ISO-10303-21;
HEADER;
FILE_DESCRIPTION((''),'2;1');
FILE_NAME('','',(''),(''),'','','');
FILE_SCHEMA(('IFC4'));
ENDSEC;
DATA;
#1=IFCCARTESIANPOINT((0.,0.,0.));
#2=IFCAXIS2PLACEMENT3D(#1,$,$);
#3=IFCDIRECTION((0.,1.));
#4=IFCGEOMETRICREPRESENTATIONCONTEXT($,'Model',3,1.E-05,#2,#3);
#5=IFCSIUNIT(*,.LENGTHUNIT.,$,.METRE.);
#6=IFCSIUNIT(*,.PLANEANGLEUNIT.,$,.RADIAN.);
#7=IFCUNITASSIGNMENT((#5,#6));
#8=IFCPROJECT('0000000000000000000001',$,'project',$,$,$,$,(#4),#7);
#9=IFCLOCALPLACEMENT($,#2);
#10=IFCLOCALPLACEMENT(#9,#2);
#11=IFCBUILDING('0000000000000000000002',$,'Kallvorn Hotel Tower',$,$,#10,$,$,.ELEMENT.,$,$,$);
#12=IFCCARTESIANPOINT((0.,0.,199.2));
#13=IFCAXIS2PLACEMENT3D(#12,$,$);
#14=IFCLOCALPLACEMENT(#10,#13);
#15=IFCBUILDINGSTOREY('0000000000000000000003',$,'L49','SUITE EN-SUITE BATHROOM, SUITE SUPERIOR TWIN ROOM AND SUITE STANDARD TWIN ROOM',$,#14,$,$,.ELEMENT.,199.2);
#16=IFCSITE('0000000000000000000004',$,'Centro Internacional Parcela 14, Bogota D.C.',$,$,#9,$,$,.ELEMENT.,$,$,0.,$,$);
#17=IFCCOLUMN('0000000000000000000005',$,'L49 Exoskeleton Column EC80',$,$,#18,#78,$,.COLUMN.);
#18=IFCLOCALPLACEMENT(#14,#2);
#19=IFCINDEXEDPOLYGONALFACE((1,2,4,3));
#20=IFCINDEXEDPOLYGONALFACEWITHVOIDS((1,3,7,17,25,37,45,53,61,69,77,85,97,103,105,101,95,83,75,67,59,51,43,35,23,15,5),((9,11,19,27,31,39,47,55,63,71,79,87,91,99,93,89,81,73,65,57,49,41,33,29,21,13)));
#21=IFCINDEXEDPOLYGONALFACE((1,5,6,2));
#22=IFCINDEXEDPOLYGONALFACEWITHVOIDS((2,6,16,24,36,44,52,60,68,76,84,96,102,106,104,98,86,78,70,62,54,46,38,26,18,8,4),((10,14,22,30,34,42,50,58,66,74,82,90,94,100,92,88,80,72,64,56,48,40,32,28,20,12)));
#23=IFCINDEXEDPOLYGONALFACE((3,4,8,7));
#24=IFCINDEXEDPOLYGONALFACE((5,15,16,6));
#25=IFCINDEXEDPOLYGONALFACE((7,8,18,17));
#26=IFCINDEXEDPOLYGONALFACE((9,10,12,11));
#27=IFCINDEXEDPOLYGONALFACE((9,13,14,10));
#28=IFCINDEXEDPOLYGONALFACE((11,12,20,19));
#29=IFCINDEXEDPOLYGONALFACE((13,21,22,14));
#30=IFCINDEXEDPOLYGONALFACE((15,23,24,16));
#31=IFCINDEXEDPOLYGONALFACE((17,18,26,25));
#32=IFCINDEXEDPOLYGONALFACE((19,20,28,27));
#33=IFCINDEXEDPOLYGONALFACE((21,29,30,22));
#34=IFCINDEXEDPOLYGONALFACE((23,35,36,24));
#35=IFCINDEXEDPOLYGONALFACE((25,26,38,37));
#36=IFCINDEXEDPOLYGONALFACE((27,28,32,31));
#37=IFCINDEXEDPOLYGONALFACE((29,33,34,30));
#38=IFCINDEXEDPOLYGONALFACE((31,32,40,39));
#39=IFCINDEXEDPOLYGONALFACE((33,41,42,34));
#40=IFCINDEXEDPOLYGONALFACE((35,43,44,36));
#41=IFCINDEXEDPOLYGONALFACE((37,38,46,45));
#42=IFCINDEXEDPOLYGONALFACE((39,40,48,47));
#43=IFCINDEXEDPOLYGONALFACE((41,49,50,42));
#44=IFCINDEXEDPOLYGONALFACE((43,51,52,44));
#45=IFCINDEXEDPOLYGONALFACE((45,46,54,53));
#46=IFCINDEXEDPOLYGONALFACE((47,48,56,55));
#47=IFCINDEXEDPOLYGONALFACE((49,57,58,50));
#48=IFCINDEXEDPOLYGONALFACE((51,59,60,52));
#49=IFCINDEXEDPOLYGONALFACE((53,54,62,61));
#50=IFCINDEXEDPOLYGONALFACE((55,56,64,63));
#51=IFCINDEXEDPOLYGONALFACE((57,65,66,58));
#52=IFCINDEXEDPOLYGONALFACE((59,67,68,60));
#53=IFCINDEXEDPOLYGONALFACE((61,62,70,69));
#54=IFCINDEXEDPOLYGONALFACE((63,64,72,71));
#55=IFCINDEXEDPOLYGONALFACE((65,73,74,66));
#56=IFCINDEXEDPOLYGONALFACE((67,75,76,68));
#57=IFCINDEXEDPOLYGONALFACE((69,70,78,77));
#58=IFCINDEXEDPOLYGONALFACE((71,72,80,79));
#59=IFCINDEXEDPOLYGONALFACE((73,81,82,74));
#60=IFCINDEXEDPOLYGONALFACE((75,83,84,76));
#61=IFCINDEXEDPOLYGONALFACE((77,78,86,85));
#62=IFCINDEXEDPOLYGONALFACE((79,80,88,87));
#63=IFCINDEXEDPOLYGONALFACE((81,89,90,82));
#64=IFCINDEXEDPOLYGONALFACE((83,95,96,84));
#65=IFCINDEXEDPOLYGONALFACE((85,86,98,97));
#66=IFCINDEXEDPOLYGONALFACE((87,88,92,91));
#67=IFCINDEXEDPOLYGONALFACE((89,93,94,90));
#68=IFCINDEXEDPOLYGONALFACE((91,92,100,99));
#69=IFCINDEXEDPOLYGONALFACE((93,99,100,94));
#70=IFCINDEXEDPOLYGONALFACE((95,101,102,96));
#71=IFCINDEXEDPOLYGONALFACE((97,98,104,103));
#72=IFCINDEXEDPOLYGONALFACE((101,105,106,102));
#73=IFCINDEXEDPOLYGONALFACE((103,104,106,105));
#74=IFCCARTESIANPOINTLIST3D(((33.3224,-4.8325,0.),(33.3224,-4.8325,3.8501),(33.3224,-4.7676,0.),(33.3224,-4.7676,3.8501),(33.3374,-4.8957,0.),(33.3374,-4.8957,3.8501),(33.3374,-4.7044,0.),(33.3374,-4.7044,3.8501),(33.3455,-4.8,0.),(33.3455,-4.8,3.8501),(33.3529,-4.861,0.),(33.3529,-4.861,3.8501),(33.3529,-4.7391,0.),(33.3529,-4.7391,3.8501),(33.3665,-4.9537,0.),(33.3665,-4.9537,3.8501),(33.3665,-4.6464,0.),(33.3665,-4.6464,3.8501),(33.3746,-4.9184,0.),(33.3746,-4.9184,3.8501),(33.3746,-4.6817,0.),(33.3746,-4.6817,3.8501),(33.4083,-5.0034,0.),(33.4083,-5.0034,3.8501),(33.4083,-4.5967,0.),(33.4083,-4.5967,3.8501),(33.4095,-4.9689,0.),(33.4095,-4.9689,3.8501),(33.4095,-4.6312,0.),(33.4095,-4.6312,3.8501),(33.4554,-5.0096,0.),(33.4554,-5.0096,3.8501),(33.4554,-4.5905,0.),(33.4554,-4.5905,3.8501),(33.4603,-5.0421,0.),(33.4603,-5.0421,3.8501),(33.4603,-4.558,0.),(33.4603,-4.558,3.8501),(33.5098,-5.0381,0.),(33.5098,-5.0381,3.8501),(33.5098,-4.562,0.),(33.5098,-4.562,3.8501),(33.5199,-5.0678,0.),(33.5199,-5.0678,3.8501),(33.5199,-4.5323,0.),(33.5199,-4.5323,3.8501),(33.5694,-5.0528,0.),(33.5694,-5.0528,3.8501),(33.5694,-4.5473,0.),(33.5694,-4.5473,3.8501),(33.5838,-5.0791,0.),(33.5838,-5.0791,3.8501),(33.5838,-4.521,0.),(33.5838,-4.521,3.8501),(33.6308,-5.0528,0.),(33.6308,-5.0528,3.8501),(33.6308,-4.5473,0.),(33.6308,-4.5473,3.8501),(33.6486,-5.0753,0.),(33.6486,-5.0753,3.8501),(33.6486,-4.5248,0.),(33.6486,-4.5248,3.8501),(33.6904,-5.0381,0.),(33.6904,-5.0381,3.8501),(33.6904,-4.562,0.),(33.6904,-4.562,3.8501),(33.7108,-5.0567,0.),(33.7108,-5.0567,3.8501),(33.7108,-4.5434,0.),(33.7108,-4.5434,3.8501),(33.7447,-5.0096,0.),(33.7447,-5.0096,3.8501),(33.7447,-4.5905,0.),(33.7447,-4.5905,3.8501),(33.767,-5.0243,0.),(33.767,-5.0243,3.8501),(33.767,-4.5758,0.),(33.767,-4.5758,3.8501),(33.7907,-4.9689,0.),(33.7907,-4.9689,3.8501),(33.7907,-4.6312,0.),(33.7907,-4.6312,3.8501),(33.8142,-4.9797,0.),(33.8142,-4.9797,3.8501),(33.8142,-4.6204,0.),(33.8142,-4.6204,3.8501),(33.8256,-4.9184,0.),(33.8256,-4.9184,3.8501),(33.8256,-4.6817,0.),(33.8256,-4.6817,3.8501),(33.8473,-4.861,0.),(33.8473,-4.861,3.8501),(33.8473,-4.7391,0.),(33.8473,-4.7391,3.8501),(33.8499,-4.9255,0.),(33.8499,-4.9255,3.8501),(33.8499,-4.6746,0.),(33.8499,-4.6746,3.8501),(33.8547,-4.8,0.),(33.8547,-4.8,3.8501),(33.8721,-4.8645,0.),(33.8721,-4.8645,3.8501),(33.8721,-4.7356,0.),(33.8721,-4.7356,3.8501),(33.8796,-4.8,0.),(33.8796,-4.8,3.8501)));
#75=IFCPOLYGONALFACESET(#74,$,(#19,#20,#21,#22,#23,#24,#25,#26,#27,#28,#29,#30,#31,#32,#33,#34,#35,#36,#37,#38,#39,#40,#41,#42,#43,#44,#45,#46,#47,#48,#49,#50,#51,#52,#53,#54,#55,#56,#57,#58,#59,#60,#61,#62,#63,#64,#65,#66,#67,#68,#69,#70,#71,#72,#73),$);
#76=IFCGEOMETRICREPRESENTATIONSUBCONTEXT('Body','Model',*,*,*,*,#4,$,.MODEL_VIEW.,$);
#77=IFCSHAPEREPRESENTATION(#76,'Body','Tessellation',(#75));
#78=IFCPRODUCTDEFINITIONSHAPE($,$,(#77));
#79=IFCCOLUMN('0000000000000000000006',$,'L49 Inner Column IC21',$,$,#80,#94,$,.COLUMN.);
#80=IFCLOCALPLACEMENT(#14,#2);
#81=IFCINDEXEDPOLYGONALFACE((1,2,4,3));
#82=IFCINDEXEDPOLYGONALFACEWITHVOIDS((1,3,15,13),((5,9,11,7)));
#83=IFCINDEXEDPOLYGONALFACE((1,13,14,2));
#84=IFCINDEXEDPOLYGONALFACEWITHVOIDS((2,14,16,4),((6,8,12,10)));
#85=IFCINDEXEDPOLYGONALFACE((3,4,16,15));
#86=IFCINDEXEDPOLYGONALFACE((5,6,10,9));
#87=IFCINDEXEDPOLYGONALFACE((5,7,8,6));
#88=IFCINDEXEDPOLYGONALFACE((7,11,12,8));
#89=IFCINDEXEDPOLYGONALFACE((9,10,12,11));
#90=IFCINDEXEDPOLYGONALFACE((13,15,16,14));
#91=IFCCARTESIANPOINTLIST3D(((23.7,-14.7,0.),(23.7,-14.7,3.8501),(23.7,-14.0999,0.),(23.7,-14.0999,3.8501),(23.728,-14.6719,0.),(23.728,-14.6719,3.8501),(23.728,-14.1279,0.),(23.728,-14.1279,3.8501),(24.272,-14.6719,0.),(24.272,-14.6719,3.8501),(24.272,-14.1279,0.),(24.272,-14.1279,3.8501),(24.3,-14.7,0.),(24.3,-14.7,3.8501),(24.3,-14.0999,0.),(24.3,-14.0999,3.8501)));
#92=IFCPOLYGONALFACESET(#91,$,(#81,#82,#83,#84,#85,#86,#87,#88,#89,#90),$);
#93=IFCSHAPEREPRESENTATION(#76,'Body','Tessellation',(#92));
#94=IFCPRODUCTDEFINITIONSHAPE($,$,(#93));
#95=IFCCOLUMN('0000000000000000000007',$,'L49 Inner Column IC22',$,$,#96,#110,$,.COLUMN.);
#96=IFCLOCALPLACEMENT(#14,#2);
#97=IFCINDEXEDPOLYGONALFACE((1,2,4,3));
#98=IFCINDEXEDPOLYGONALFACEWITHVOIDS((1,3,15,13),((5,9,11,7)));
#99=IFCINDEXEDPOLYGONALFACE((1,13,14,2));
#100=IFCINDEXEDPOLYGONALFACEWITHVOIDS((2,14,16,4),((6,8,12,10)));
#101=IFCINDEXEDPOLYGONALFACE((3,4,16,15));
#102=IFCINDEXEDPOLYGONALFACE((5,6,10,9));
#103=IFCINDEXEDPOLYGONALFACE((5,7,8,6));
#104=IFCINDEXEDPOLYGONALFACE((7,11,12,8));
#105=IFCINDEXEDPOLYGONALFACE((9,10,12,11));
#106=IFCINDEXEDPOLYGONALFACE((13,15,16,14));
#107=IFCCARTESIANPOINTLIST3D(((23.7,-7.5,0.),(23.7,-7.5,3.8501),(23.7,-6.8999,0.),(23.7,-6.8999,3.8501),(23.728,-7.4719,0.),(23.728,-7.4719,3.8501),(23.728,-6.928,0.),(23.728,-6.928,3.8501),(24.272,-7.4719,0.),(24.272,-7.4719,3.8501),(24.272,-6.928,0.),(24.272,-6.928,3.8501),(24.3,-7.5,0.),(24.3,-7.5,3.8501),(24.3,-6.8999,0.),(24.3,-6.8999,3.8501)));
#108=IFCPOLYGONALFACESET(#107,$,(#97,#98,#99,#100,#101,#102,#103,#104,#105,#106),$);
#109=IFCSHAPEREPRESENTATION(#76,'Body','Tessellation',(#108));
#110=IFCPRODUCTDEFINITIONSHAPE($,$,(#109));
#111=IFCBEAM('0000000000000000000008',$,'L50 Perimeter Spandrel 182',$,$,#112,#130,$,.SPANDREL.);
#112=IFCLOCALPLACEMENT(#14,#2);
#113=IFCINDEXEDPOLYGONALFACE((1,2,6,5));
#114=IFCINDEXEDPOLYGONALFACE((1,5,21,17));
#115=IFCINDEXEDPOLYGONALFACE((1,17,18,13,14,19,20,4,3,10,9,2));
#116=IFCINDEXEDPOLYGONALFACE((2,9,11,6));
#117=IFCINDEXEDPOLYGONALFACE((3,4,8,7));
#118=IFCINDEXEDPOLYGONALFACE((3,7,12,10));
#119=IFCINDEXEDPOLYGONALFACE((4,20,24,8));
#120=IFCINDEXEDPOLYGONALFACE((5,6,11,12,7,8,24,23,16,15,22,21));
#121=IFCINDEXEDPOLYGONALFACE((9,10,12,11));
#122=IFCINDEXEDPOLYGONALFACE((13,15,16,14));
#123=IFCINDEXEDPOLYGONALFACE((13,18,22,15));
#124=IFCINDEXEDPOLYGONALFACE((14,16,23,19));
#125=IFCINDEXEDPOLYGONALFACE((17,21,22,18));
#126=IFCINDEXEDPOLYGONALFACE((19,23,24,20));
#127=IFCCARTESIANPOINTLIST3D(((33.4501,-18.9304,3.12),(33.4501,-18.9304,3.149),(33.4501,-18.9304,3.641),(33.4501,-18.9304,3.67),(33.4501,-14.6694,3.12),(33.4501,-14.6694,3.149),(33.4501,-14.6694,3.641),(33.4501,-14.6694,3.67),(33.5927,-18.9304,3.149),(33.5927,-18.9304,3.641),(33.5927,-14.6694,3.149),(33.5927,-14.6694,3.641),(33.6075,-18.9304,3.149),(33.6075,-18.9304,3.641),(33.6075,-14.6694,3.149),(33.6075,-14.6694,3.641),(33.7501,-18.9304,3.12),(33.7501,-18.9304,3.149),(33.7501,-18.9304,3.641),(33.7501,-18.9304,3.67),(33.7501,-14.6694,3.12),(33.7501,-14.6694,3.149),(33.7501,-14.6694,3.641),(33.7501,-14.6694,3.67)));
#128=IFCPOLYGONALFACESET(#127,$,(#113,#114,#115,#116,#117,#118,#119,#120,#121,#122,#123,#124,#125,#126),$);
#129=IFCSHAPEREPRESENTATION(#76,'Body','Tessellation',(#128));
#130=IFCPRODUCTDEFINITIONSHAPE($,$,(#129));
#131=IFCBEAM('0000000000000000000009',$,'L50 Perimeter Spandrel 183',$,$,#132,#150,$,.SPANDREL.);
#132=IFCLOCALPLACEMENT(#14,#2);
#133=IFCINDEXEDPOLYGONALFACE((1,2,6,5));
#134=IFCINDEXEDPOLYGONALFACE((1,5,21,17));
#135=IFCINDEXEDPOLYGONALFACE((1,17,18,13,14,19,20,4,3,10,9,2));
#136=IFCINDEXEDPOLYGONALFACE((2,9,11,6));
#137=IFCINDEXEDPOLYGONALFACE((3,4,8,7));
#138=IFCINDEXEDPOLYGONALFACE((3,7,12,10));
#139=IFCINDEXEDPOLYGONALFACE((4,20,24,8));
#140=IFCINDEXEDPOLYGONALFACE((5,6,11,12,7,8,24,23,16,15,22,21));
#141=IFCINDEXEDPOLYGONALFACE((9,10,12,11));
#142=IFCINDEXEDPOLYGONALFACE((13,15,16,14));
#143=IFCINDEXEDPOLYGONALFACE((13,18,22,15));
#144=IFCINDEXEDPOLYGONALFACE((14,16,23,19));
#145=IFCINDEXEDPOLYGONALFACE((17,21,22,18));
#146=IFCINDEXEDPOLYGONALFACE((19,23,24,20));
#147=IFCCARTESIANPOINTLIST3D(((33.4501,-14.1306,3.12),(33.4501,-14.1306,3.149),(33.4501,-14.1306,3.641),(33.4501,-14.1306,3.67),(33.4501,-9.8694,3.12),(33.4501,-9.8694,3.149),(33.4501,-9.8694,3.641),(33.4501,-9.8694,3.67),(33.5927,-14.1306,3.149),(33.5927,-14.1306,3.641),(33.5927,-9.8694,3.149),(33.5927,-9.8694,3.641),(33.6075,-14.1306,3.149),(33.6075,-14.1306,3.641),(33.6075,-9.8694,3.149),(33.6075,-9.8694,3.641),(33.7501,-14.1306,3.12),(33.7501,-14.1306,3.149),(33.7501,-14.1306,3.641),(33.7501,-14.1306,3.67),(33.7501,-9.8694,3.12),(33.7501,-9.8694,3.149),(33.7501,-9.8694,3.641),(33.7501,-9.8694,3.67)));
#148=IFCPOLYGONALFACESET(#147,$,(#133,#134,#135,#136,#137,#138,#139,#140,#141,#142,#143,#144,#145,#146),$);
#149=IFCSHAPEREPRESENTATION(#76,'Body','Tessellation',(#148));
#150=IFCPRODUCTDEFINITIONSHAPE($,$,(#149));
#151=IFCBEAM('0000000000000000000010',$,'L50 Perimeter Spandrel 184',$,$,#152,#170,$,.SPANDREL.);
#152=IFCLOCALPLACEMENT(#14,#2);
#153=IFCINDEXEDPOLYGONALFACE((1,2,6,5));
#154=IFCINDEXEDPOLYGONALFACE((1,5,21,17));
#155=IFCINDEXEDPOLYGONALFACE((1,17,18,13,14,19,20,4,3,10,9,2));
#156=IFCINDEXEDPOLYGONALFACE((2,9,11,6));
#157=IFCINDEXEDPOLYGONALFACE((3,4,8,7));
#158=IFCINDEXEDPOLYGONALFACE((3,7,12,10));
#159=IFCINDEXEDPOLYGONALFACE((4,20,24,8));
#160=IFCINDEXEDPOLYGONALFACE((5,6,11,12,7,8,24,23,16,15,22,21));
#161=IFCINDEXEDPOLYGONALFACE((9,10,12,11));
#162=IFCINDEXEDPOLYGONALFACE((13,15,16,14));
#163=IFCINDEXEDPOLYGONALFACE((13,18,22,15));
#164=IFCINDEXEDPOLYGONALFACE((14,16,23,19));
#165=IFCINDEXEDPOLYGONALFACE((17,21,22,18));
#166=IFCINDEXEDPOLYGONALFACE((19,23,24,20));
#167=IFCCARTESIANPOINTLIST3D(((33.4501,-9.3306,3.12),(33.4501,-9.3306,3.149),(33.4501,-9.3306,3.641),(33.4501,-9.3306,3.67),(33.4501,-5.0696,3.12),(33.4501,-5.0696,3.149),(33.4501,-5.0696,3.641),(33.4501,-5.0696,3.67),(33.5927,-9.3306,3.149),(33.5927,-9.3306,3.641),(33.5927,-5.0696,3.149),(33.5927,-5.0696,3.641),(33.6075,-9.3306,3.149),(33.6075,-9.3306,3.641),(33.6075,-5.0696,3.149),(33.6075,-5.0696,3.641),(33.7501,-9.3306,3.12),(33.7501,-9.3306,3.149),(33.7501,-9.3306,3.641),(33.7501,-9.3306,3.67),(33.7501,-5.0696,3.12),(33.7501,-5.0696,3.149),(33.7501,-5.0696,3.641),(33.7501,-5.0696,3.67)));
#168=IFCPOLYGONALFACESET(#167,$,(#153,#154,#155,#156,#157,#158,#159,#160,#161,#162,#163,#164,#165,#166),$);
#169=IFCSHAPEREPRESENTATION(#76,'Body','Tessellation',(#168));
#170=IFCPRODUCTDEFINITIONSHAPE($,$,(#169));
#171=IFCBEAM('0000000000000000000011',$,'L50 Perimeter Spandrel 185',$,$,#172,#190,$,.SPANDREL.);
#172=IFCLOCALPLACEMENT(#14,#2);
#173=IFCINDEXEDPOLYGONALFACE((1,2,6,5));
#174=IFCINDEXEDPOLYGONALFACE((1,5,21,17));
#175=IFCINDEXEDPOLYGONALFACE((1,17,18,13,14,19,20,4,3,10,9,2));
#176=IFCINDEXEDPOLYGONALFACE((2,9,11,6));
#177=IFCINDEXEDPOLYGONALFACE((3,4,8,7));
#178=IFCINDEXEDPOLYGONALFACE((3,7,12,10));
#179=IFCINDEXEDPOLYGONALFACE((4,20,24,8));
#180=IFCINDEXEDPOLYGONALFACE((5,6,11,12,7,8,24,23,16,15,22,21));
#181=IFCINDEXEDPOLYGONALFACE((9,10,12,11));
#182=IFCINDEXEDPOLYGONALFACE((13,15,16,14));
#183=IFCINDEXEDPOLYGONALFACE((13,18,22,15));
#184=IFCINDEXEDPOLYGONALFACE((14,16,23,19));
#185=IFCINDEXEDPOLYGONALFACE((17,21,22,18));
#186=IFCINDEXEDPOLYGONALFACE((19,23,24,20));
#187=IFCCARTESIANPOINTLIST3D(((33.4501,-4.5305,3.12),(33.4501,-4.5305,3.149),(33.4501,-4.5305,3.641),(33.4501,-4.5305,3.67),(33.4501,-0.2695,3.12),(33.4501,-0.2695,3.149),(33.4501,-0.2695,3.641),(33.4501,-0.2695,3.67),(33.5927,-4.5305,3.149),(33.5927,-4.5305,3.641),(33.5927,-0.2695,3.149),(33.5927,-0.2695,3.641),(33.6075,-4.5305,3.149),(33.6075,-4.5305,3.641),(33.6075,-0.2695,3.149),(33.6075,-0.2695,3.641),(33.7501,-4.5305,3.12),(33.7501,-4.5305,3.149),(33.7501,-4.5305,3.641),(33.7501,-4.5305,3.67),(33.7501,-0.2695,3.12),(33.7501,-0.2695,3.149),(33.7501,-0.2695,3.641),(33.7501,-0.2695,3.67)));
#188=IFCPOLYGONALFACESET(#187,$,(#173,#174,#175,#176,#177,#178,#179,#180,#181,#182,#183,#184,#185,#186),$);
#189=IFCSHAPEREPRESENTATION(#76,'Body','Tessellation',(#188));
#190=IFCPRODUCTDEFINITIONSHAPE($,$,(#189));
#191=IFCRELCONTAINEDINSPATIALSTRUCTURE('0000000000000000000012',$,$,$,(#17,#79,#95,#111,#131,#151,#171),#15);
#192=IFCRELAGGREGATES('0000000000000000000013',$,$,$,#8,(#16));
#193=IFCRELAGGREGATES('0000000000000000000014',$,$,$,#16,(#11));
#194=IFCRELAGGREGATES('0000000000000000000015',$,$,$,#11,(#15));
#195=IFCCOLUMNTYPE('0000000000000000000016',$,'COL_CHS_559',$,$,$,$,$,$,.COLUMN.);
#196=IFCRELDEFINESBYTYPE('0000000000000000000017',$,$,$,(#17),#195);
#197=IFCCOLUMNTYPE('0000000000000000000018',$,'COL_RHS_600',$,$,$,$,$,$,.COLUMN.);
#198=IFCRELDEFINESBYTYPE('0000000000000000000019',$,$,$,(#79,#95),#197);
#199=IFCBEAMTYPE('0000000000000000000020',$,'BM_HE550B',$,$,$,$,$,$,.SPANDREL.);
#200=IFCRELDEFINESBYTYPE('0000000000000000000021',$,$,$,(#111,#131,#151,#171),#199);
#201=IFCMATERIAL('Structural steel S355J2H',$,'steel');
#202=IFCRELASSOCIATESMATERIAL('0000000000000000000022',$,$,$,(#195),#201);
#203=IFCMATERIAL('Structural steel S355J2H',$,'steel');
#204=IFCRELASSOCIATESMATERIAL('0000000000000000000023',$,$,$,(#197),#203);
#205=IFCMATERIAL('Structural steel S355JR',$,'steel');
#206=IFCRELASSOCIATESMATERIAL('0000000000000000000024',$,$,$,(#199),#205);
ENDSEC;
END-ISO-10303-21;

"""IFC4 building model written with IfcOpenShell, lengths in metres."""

from ifc_helpers import new_model, si_unit, direction, frame, origin, origin_2d, place, context, subcontext, project, spatial, hollow_rectangle, hollow_circle, i_section, extrude, material, material_profile, profile_set, type_object, element, save


model = new_model("IFC4")

# Units and contexts
model_context = context("Model", 3, precision=1e-05, world=origin(), true_north=direction((0.0, 1.0)))
body_context = subcontext(model_context, "Body", "Model", "MODEL_VIEW")
ifc_project = project(units=[si_unit("LENGTHUNIT", "METRE"), si_unit("PLANEANGLEUNIT", "RADIAN")], contexts=[model_context])

# Site, building, storey
site_placement = place(None, origin())
site = spatial("IfcSite", under=ifc_project, at=site_placement, Name="Centro Internacional Parcela 14, Bogota D.C.", CompositionType="ELEMENT", RefElevation=0.0)
building_placement = place(site_placement, origin())
building = spatial("IfcBuilding", under=site, at=building_placement, Name="Kallvorn Hotel Tower", CompositionType="ELEMENT")
storey_placement = place(building_placement, frame((0.0, 0.0, 199.2)))
storey = spatial("IfcBuildingStorey", under=building, at=storey_placement, Name="L49", Description="SUITE EN-SUITE BATHROOM, SUITE SUPERIOR TWIN ROOM AND SUITE STANDARD TWIN ROOM", CompositionType="ELEMENT", Elevation=199.2)

# Columns
ifc_material_1 = material(Name="Structural steel S355J2H", Category="steel")
ifc_material_profile_1 = material_profile(ifc_material_1, hollow_circle(Radius=0.2795, WallThickness=0.0249, at=origin_2d()), Name="CHS 559x25")
ifc_profile_set_1 = profile_set([ifc_material_profile_1], Name="Structural steel S355J2H")
column_type_1 = type_object("IfcColumnType", Name="COL_CHS_559", PredefinedType="COLUMN", material=ifc_profile_set_1)
for number, where, z_axis, x_axis, name in (
    (1, (33.6001, -4.8, 0.0), (0.0, 0.0, 1.0), (1.0, 0.0, 0.0), "L49 Exoskeleton Column EC80"),
):
    element("IfcColumn", number, at=place(storey_placement, frame(where, z_axis=z_axis, x_axis=x_axis)), inside=storey, type_object=column_type_1, Name=name, PredefinedType="COLUMN", context=body_context, shape_type="SweptSolid", body=[
        extrude(hollow_circle(Radius=0.2795, WallThickness=0.0249, at=origin_2d()), origin(), (0.0, 0.0, 1.0), 3.8501),
    ])
ifc_material_2 = material(Name="Structural steel S355J2H", Category="steel")
ifc_material_profile_2 = material_profile(ifc_material_2, hollow_rectangle(XDim=0.6001, YDim=0.6001, WallThickness=0.0281, at=origin_2d()), Name="RHS 600x600x28")
ifc_profile_set_2 = profile_set([ifc_material_profile_2], Name="Structural steel S355J2H")
column_type_2 = type_object("IfcColumnType", Name="COL_RHS_600", PredefinedType="COLUMN", material=ifc_profile_set_2)
for number, where, z_axis, x_axis, name in (
    (2, (24.0, -14.3999, 0.0), (0.0, 0.0, 1.0), (1.0, 0.0, 0.0), "L49 Inner Column IC21"),
    (3, (24.0, -7.2, 0.0), (0.0, 0.0, 1.0), (1.0, 0.0, 0.0), "L49 Inner Column IC22"),
):
    element("IfcColumn", number, at=place(storey_placement, frame(where, z_axis=z_axis, x_axis=x_axis)), inside=storey, type_object=column_type_2, Name=name, PredefinedType="COLUMN", context=body_context, shape_type="SweptSolid", body=[
        extrude(hollow_rectangle(XDim=0.6001, YDim=0.6001, WallThickness=0.0281, at=origin_2d()), origin(), (0.0, 0.0, 1.0), 3.8501),
    ])

# Beams
ifc_material_3 = material(Name="Structural steel S355JR", Category="steel")
ifc_material_profile_3 = material_profile(ifc_material_3, i_section(OverallWidth=0.3, OverallDepth=0.55, WebThickness=0.0149, FlangeThickness=0.0291, at=origin_2d()), Name="HE 550 B")
ifc_profile_set_3 = profile_set([ifc_material_profile_3], Name="Structural steel S355JR")
beam_type_1 = type_object("IfcBeamType", Name="BM_HE550B", PredefinedType="SPANDREL", material=ifc_profile_set_3)
beam_1_placement = place(storey_placement, frame((33.6001, -18.9304, 3.395), z_axis=(0.0, 1.0, 0.0), x_axis=(-1.0, 0.0, 0.0)))
element("IfcBeam", 4, at=beam_1_placement, inside=storey, type_object=beam_type_1, Name="L50 Perimeter Spandrel 182", PredefinedType="SPANDREL", context=body_context, shape_type="SweptSolid", body=[
    extrude(i_section(OverallWidth=0.3, OverallDepth=0.55, WebThickness=0.0149, FlangeThickness=0.0291, at=origin_2d()), origin(), (0.0, 0.0, 1.0), 4.261),
])
beam_2_placement = place(storey_placement, frame((33.6001, -14.1306, 3.395), z_axis=(0.0, 1.0, 0.0), x_axis=(-1.0, 0.0, 0.0)))
element("IfcBeam", 5, at=beam_2_placement, inside=storey, type_object=beam_type_1, Name="L50 Perimeter Spandrel 183", PredefinedType="SPANDREL", context=body_context, shape_type="SweptSolid", body=[
    extrude(i_section(OverallWidth=0.3, OverallDepth=0.55, WebThickness=0.0149, FlangeThickness=0.0291, at=origin_2d()), origin(), (0.0, 0.0, 1.0), 4.2612),
])
for number, where, z_axis, x_axis, name in (
    (6, (33.6001, -9.3306, 3.395), (0.0, 1.0, 0.0), (-1.0, 0.0, 0.0), "L50 Perimeter Spandrel 184"),
    (7, (33.6001, -4.5305, 3.395), (0.0, 1.0, 0.0), (-1.0, 0.0, 0.0), "L50 Perimeter Spandrel 185"),
):
    element("IfcBeam", number, at=place(storey_placement, frame(where, z_axis=z_axis, x_axis=x_axis)), inside=storey, type_object=beam_type_1, Name=name, PredefinedType="SPANDREL", context=body_context, shape_type="SweptSolid", body=[
        extrude(i_section(OverallWidth=0.3, OverallDepth=0.55, WebThickness=0.0149, FlangeThickness=0.0291, at=origin_2d()), origin(), (0.0, 0.0, 1.0), 4.261),
    ])

save(model, "model.ifc")
